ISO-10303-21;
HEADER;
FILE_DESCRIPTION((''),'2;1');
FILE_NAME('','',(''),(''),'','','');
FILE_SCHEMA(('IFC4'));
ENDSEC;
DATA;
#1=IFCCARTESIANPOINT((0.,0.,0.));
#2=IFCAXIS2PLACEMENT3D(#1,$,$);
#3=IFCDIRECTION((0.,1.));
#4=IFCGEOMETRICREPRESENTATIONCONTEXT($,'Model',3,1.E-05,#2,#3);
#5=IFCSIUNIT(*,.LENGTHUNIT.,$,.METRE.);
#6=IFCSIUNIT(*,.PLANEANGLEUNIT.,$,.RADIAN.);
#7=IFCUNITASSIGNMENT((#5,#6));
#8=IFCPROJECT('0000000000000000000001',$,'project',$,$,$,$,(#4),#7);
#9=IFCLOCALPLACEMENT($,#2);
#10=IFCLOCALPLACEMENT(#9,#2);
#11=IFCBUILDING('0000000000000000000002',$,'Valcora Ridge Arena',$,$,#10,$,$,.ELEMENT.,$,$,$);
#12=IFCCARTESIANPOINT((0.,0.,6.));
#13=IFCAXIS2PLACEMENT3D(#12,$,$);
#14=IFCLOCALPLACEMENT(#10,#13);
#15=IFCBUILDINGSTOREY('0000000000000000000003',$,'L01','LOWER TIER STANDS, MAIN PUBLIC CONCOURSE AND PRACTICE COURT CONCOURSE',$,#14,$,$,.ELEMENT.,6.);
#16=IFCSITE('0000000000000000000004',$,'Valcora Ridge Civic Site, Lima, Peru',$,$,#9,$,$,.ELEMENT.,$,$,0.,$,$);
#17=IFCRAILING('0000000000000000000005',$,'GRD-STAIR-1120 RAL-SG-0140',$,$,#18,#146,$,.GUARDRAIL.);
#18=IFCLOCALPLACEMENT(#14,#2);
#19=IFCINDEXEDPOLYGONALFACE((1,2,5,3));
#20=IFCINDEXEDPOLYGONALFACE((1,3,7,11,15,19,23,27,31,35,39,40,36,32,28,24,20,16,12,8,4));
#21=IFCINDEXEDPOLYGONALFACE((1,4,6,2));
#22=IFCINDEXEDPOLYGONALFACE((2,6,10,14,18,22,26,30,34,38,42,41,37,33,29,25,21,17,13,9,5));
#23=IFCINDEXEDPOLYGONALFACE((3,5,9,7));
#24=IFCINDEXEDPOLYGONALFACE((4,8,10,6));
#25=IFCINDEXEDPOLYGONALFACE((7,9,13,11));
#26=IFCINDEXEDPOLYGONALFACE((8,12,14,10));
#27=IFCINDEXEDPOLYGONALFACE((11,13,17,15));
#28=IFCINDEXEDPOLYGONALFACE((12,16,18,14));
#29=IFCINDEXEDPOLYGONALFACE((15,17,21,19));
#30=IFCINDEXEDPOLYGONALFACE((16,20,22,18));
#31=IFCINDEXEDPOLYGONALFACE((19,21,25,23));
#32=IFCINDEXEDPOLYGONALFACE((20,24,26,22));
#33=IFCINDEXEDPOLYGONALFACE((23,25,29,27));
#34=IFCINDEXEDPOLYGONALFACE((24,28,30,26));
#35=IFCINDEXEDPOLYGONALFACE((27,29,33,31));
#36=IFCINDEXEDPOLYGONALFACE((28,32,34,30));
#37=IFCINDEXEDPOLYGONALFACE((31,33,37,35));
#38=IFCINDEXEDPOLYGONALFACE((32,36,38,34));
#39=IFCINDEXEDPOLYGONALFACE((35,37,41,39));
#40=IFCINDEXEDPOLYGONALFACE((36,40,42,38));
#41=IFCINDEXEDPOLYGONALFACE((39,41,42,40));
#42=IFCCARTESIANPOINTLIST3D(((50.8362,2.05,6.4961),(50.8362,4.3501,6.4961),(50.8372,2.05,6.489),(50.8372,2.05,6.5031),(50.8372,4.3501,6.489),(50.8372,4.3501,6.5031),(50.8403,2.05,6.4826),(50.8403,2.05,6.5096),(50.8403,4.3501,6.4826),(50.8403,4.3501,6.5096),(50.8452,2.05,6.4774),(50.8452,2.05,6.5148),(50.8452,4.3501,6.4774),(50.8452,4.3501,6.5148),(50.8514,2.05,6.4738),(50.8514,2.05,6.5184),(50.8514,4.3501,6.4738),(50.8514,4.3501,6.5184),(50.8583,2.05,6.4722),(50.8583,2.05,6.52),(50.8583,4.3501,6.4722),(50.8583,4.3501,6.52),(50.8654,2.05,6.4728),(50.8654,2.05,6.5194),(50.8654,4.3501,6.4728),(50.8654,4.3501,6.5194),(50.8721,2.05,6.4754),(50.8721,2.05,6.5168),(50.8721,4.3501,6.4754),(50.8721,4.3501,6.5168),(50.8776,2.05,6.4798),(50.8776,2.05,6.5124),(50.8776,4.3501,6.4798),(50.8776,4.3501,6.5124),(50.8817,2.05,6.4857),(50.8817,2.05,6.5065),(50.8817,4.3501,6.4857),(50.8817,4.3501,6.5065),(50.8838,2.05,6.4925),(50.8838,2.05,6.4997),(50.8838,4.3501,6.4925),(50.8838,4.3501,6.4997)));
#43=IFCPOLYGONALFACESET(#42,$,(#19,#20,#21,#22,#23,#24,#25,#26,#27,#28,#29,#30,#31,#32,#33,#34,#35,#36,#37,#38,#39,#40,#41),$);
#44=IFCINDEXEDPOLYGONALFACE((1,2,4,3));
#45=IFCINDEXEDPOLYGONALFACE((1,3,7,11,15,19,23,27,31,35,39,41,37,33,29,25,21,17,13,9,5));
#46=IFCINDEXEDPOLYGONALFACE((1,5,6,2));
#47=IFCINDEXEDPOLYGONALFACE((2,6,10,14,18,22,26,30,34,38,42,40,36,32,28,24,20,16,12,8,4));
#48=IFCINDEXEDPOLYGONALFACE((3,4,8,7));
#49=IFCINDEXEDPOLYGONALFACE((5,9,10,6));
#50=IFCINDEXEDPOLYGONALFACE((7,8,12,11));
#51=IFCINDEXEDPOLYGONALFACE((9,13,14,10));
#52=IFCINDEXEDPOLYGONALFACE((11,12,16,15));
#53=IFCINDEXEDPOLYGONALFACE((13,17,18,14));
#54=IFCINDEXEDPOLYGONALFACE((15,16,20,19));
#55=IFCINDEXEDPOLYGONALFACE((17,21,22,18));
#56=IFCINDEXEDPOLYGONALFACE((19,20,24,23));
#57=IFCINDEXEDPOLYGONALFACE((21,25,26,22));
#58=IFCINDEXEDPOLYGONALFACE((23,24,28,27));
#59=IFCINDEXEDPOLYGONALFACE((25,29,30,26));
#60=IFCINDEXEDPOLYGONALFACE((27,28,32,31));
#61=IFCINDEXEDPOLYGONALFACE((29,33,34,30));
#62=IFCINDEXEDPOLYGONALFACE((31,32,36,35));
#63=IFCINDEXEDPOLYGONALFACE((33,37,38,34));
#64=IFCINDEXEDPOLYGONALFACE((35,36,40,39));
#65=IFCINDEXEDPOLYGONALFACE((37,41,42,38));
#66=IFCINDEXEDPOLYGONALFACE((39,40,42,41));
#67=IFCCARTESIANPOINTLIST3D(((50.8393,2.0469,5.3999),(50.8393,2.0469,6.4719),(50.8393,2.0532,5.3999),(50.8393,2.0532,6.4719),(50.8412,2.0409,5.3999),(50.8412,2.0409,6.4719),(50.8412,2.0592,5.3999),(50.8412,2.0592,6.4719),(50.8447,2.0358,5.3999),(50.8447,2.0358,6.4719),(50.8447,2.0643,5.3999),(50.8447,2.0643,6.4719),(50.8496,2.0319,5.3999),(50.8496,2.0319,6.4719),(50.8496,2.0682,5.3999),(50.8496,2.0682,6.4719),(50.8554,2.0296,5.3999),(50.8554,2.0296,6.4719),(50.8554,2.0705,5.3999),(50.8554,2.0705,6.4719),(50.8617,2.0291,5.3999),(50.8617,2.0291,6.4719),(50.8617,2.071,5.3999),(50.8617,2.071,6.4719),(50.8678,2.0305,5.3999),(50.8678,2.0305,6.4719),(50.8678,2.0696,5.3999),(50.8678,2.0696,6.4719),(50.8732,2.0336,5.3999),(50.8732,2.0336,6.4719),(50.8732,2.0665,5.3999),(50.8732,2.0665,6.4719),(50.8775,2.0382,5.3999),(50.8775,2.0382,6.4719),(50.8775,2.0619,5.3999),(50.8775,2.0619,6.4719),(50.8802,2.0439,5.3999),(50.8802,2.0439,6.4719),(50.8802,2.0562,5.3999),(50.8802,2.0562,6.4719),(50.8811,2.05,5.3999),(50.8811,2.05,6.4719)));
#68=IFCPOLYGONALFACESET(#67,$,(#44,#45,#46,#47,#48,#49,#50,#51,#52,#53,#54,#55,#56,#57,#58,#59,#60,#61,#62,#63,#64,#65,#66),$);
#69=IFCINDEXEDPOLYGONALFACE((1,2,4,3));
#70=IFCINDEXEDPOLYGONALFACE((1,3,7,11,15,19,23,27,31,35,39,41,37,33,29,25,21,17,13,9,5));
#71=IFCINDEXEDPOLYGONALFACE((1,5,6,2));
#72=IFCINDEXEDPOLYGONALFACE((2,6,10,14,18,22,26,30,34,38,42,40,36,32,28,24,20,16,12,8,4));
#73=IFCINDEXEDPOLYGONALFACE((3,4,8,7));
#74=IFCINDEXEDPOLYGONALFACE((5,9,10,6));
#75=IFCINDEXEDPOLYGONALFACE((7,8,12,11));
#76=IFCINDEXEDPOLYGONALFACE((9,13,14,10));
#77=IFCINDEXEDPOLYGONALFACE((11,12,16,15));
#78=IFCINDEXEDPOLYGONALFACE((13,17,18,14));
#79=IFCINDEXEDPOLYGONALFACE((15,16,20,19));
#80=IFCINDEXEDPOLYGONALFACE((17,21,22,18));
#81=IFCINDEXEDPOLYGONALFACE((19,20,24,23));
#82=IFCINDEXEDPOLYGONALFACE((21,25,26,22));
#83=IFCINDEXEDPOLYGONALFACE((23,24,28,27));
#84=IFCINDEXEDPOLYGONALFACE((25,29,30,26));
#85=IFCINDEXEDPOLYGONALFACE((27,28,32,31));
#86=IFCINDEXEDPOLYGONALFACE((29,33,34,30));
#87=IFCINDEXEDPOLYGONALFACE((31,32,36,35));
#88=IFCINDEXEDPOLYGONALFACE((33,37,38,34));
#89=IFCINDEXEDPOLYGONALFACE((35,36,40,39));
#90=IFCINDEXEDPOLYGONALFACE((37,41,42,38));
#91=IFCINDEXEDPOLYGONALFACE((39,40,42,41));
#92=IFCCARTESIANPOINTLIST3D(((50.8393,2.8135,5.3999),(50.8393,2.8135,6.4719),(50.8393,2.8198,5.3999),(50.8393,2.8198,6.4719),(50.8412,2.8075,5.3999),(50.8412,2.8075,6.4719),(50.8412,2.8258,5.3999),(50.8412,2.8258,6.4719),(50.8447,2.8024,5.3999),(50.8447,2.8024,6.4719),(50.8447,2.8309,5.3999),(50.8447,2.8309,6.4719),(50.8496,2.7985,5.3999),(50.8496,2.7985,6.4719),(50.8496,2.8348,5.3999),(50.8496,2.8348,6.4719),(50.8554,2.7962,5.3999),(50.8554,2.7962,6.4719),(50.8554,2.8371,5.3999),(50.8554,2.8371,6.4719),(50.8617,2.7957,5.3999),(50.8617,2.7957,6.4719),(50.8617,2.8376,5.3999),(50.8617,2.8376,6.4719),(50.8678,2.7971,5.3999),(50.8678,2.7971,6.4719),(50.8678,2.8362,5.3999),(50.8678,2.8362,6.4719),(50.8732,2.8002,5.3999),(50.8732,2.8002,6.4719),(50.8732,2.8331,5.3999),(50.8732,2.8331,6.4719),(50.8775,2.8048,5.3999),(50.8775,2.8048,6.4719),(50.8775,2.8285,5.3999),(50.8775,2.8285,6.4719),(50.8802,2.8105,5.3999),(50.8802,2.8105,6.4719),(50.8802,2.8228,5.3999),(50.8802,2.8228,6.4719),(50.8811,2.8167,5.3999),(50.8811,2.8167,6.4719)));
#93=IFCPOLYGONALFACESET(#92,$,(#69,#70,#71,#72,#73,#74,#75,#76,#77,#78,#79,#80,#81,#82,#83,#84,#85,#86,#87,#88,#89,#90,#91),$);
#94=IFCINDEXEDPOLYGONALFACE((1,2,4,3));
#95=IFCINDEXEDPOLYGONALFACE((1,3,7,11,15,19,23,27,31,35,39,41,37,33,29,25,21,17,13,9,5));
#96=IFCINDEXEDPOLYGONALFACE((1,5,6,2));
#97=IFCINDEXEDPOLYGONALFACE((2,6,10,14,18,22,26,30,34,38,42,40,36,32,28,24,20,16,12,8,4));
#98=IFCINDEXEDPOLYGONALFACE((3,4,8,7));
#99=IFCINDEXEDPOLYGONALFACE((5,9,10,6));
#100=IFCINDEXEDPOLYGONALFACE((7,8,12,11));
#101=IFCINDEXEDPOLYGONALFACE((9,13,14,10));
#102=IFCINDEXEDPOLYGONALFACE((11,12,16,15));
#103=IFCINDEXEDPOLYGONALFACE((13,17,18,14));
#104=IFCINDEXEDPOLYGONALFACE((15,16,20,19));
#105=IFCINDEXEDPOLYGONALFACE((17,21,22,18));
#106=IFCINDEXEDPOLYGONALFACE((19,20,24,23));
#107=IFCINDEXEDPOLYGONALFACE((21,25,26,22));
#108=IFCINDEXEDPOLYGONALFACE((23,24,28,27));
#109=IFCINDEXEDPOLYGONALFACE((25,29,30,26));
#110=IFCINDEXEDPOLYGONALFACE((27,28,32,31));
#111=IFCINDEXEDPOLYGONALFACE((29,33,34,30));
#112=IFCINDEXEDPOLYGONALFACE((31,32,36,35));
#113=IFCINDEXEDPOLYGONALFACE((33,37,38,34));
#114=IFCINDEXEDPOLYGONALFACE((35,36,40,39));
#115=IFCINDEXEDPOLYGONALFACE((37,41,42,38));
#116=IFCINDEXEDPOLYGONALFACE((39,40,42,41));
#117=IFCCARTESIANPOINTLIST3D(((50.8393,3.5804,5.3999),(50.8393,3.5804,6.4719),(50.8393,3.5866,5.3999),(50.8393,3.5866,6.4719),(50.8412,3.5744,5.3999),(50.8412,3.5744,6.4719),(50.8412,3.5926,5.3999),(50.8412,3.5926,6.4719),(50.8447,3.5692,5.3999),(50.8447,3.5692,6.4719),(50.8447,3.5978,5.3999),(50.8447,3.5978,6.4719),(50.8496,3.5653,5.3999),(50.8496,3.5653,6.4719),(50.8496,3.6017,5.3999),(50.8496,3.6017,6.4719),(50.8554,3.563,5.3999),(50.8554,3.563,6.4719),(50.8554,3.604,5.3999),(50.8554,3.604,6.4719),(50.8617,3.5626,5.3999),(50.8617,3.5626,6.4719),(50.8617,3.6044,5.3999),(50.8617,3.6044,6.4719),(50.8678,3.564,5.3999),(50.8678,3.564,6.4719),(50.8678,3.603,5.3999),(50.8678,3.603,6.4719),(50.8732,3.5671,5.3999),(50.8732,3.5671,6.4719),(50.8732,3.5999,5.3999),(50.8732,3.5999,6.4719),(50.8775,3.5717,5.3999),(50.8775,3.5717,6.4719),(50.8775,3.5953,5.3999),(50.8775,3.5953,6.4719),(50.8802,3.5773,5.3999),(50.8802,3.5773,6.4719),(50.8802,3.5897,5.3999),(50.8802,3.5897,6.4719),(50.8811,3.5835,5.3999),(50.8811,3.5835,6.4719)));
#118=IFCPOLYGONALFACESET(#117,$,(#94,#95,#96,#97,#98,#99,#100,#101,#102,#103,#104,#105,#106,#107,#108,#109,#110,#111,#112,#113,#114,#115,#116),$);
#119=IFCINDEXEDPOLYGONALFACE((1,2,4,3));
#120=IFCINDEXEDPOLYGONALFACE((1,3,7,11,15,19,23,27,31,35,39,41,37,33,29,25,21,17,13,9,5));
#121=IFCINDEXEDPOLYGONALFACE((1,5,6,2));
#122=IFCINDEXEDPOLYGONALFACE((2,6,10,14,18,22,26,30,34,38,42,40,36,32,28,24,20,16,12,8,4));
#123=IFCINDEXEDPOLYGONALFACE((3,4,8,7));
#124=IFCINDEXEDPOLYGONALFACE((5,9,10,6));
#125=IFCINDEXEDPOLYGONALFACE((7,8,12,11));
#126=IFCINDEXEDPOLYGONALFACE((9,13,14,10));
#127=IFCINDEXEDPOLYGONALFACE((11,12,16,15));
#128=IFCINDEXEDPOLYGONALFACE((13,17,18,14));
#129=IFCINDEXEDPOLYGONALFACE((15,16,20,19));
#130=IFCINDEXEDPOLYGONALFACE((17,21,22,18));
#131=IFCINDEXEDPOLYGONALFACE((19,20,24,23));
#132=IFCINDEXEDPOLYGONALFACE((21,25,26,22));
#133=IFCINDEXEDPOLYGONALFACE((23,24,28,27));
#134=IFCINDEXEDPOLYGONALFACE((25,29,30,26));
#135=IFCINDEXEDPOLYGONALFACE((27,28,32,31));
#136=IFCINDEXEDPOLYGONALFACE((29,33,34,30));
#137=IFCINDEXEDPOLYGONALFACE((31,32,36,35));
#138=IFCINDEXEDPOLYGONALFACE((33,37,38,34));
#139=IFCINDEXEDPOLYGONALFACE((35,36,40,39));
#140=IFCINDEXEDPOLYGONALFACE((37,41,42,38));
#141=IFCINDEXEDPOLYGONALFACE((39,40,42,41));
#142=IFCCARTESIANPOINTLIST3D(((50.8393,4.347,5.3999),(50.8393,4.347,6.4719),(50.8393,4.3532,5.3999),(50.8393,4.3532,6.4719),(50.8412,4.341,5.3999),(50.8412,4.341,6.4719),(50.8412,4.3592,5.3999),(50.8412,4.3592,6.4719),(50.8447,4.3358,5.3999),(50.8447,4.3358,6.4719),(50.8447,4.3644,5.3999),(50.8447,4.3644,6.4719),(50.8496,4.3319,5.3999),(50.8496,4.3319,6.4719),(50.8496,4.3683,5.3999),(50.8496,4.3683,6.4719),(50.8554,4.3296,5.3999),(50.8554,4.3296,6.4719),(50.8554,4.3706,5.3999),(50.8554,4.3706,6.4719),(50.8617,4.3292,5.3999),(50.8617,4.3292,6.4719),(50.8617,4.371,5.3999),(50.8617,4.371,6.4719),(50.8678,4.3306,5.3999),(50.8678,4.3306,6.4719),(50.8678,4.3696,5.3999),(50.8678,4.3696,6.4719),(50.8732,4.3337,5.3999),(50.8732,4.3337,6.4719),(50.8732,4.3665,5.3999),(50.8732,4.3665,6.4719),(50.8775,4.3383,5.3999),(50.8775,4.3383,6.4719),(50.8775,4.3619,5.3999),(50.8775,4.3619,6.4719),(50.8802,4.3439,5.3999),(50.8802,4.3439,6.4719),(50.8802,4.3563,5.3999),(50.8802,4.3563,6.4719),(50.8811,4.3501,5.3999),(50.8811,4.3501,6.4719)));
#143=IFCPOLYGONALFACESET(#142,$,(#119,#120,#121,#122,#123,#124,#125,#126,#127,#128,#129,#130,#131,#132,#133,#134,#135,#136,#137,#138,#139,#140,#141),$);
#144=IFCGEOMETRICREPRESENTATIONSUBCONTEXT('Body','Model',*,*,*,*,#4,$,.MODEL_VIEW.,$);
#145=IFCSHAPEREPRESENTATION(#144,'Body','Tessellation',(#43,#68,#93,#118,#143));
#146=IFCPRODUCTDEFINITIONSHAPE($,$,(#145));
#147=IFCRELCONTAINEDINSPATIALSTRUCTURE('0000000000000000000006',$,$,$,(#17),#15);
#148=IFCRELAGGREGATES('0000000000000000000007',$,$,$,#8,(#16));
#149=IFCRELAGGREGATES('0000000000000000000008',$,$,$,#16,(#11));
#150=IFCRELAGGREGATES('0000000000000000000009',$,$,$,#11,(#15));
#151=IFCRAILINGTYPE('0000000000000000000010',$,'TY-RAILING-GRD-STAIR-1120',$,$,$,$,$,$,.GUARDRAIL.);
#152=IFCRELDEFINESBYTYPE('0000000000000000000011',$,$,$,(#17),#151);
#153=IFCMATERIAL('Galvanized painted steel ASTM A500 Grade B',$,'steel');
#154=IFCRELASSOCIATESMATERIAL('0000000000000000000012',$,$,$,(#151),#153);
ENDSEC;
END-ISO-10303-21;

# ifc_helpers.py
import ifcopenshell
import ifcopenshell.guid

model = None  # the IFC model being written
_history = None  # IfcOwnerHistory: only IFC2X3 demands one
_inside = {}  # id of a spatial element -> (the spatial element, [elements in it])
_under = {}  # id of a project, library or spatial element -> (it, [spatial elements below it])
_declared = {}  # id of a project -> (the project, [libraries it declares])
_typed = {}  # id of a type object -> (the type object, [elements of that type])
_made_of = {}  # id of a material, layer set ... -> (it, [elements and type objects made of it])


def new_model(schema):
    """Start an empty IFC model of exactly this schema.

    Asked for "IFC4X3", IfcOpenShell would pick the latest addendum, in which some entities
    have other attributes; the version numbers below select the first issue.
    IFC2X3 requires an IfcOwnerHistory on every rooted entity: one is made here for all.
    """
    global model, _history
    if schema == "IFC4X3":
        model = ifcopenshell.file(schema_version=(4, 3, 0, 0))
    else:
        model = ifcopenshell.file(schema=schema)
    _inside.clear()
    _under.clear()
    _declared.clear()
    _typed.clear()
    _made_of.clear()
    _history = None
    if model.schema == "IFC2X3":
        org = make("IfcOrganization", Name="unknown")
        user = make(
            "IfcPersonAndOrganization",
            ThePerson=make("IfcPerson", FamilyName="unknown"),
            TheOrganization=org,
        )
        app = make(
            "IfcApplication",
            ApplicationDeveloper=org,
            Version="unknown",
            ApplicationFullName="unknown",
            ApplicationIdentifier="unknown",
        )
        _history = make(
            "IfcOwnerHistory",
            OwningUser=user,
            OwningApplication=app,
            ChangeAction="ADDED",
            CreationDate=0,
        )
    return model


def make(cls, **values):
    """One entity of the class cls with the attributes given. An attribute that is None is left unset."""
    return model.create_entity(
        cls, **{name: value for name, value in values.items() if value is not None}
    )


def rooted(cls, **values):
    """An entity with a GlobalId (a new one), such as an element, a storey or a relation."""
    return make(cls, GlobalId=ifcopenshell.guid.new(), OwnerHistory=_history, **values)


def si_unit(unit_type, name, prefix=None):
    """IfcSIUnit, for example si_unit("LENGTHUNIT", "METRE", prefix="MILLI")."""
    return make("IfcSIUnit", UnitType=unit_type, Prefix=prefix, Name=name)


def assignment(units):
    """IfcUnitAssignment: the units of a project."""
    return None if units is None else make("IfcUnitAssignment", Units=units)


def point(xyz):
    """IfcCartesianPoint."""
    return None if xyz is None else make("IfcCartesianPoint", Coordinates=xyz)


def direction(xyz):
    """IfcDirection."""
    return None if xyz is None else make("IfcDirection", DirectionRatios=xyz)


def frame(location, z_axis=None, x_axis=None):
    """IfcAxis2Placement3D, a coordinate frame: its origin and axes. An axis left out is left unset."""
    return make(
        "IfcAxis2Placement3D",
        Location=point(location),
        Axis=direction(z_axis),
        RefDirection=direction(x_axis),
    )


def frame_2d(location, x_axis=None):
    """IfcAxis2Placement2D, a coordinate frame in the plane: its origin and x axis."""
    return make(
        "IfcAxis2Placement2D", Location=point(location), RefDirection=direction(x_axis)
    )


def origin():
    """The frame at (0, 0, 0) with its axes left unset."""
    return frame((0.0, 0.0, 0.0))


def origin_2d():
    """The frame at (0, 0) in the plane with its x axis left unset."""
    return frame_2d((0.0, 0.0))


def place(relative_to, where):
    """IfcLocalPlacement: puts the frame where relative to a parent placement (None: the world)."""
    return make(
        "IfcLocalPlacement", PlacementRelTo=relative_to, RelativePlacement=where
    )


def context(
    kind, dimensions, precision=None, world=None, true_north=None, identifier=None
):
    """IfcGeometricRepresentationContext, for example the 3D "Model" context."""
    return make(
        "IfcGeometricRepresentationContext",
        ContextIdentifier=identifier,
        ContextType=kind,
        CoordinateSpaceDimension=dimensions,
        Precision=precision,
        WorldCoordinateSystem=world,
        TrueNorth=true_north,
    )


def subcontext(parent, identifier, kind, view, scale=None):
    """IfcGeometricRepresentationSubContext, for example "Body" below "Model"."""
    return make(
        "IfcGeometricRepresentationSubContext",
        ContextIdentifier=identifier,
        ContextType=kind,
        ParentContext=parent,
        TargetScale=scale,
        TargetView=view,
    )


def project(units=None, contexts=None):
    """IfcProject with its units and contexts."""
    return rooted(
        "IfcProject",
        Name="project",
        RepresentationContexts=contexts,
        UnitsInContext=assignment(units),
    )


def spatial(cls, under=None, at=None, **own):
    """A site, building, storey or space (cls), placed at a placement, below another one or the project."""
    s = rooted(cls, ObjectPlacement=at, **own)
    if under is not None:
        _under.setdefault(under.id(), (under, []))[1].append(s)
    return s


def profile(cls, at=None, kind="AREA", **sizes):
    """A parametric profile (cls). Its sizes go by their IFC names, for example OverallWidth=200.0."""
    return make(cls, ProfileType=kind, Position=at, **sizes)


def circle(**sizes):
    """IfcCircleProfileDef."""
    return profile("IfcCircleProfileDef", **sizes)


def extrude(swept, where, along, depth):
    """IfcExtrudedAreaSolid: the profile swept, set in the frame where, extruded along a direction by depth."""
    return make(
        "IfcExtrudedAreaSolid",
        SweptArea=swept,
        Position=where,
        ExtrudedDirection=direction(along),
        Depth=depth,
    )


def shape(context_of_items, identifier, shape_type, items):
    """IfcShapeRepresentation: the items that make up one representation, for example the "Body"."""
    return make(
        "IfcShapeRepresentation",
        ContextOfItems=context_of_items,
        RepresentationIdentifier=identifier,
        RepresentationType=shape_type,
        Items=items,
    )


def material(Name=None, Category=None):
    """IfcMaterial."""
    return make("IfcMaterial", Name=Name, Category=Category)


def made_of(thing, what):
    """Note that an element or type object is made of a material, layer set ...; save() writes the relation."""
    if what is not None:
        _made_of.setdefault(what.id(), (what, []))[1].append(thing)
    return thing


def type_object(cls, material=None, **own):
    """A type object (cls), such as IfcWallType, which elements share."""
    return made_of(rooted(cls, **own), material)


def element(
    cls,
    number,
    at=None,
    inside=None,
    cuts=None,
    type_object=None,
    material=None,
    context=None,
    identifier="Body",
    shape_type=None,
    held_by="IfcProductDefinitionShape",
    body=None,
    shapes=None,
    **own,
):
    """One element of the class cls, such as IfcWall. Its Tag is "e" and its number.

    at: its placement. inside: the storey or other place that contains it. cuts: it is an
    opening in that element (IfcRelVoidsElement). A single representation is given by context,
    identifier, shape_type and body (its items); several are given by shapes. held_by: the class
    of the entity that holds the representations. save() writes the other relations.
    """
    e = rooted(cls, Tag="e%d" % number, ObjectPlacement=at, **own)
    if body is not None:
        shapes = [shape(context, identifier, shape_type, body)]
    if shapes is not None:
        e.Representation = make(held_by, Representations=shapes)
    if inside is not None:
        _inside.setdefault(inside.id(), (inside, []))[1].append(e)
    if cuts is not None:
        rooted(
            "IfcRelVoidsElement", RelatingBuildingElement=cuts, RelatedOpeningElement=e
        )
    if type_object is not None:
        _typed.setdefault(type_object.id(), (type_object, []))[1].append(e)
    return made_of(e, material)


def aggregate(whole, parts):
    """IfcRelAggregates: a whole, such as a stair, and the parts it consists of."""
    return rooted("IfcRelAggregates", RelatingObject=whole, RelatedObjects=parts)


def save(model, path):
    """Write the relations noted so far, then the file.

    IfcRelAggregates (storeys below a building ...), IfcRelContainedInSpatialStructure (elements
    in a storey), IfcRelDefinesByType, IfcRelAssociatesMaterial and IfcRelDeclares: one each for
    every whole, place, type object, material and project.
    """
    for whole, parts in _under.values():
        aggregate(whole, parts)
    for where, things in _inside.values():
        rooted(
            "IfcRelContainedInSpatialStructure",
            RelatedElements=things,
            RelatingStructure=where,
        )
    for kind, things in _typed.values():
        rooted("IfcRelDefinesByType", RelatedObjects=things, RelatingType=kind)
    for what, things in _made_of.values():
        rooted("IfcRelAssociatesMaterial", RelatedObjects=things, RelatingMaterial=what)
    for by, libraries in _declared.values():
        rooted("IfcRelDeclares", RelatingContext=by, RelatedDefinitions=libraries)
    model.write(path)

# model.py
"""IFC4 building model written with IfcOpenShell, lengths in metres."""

from ifc_helpers import new_model, si_unit, direction, frame, origin, origin_2d, place, context, subcontext, project, spatial, circle, extrude, material, type_object, element, save


model = new_model("IFC4")

# Units and contexts
model_context = context("Model", 3, precision=1e-05, world=origin(), true_north=direction((0.0, 1.0)))
body_context = subcontext(model_context, "Body", "Model", "MODEL_VIEW")
ifc_project = project(units=[si_unit("LENGTHUNIT", "METRE"), si_unit("PLANEANGLEUNIT", "RADIAN")], contexts=[model_context])

# Site, building, storey
site_placement = place(None, origin())
site = spatial("IfcSite", under=ifc_project, at=site_placement, Name="Valcora Ridge Civic Site, Lima, Peru", CompositionType="ELEMENT", RefElevation=0.0)
building_placement = place(site_placement, origin())
building = spatial("IfcBuilding", under=site, at=building_placement, Name="Valcora Ridge Arena", CompositionType="ELEMENT")
storey_placement = place(building_placement, frame((0.0, 0.0, 6.0)))
storey = spatial("IfcBuildingStorey", under=building, at=storey_placement, Name="L01", Description="LOWER TIER STANDS, MAIN PUBLIC CONCOURSE AND PRACTICE COURT CONCOURSE", CompositionType="ELEMENT", Elevation=6.0)

# Railing
ifc_material_1 = material(Name="Galvanized painted steel ASTM A500 Grade B", Category="steel")
railing_type_1 = type_object("IfcRailingType", Name="TY-RAILING-GRD-STAIR-1120", PredefinedType="GUARDRAIL", material=ifc_material_1)
railing_1_placement = place(storey_placement, frame((50.8601, 2.05, 5.3999)))
element("IfcRailing", 1, at=railing_1_placement, inside=storey, type_object=railing_type_1, Name="GRD-STAIR-1120 RAL-SG-0140", PredefinedType="GUARDRAIL", context=body_context, shape_type="SweptSolid", body=[
    extrude(circle(Radius=0.0239, at=origin_2d()), frame((0.0, 0.0, 1.0962), z_axis=(0.0, 1.0, 0.0), x_axis=(-1.0, 0.0, 0.0)), (0.0, 0.0, 1.0), 2.3),
    extrude(circle(Radius=0.021, at=origin_2d()), origin(), (0.0, 0.0, 1.0), 1.072),
    extrude(circle(Radius=0.021, at=origin_2d()), frame((0.0, 0.7666, 0.0)), (0.0, 0.0, 1.0), 1.072),
    extrude(circle(Radius=0.021, at=origin_2d()), frame((0.0, 1.5334, 0.0)), (0.0, 0.0, 1.0), 1.072),
    extrude(circle(Radius=0.021, at=origin_2d()), frame((0.0, 2.3, 0.0)), (0.0, 0.0, 1.0), 1.072),
])

save(model, "model.ifc")
